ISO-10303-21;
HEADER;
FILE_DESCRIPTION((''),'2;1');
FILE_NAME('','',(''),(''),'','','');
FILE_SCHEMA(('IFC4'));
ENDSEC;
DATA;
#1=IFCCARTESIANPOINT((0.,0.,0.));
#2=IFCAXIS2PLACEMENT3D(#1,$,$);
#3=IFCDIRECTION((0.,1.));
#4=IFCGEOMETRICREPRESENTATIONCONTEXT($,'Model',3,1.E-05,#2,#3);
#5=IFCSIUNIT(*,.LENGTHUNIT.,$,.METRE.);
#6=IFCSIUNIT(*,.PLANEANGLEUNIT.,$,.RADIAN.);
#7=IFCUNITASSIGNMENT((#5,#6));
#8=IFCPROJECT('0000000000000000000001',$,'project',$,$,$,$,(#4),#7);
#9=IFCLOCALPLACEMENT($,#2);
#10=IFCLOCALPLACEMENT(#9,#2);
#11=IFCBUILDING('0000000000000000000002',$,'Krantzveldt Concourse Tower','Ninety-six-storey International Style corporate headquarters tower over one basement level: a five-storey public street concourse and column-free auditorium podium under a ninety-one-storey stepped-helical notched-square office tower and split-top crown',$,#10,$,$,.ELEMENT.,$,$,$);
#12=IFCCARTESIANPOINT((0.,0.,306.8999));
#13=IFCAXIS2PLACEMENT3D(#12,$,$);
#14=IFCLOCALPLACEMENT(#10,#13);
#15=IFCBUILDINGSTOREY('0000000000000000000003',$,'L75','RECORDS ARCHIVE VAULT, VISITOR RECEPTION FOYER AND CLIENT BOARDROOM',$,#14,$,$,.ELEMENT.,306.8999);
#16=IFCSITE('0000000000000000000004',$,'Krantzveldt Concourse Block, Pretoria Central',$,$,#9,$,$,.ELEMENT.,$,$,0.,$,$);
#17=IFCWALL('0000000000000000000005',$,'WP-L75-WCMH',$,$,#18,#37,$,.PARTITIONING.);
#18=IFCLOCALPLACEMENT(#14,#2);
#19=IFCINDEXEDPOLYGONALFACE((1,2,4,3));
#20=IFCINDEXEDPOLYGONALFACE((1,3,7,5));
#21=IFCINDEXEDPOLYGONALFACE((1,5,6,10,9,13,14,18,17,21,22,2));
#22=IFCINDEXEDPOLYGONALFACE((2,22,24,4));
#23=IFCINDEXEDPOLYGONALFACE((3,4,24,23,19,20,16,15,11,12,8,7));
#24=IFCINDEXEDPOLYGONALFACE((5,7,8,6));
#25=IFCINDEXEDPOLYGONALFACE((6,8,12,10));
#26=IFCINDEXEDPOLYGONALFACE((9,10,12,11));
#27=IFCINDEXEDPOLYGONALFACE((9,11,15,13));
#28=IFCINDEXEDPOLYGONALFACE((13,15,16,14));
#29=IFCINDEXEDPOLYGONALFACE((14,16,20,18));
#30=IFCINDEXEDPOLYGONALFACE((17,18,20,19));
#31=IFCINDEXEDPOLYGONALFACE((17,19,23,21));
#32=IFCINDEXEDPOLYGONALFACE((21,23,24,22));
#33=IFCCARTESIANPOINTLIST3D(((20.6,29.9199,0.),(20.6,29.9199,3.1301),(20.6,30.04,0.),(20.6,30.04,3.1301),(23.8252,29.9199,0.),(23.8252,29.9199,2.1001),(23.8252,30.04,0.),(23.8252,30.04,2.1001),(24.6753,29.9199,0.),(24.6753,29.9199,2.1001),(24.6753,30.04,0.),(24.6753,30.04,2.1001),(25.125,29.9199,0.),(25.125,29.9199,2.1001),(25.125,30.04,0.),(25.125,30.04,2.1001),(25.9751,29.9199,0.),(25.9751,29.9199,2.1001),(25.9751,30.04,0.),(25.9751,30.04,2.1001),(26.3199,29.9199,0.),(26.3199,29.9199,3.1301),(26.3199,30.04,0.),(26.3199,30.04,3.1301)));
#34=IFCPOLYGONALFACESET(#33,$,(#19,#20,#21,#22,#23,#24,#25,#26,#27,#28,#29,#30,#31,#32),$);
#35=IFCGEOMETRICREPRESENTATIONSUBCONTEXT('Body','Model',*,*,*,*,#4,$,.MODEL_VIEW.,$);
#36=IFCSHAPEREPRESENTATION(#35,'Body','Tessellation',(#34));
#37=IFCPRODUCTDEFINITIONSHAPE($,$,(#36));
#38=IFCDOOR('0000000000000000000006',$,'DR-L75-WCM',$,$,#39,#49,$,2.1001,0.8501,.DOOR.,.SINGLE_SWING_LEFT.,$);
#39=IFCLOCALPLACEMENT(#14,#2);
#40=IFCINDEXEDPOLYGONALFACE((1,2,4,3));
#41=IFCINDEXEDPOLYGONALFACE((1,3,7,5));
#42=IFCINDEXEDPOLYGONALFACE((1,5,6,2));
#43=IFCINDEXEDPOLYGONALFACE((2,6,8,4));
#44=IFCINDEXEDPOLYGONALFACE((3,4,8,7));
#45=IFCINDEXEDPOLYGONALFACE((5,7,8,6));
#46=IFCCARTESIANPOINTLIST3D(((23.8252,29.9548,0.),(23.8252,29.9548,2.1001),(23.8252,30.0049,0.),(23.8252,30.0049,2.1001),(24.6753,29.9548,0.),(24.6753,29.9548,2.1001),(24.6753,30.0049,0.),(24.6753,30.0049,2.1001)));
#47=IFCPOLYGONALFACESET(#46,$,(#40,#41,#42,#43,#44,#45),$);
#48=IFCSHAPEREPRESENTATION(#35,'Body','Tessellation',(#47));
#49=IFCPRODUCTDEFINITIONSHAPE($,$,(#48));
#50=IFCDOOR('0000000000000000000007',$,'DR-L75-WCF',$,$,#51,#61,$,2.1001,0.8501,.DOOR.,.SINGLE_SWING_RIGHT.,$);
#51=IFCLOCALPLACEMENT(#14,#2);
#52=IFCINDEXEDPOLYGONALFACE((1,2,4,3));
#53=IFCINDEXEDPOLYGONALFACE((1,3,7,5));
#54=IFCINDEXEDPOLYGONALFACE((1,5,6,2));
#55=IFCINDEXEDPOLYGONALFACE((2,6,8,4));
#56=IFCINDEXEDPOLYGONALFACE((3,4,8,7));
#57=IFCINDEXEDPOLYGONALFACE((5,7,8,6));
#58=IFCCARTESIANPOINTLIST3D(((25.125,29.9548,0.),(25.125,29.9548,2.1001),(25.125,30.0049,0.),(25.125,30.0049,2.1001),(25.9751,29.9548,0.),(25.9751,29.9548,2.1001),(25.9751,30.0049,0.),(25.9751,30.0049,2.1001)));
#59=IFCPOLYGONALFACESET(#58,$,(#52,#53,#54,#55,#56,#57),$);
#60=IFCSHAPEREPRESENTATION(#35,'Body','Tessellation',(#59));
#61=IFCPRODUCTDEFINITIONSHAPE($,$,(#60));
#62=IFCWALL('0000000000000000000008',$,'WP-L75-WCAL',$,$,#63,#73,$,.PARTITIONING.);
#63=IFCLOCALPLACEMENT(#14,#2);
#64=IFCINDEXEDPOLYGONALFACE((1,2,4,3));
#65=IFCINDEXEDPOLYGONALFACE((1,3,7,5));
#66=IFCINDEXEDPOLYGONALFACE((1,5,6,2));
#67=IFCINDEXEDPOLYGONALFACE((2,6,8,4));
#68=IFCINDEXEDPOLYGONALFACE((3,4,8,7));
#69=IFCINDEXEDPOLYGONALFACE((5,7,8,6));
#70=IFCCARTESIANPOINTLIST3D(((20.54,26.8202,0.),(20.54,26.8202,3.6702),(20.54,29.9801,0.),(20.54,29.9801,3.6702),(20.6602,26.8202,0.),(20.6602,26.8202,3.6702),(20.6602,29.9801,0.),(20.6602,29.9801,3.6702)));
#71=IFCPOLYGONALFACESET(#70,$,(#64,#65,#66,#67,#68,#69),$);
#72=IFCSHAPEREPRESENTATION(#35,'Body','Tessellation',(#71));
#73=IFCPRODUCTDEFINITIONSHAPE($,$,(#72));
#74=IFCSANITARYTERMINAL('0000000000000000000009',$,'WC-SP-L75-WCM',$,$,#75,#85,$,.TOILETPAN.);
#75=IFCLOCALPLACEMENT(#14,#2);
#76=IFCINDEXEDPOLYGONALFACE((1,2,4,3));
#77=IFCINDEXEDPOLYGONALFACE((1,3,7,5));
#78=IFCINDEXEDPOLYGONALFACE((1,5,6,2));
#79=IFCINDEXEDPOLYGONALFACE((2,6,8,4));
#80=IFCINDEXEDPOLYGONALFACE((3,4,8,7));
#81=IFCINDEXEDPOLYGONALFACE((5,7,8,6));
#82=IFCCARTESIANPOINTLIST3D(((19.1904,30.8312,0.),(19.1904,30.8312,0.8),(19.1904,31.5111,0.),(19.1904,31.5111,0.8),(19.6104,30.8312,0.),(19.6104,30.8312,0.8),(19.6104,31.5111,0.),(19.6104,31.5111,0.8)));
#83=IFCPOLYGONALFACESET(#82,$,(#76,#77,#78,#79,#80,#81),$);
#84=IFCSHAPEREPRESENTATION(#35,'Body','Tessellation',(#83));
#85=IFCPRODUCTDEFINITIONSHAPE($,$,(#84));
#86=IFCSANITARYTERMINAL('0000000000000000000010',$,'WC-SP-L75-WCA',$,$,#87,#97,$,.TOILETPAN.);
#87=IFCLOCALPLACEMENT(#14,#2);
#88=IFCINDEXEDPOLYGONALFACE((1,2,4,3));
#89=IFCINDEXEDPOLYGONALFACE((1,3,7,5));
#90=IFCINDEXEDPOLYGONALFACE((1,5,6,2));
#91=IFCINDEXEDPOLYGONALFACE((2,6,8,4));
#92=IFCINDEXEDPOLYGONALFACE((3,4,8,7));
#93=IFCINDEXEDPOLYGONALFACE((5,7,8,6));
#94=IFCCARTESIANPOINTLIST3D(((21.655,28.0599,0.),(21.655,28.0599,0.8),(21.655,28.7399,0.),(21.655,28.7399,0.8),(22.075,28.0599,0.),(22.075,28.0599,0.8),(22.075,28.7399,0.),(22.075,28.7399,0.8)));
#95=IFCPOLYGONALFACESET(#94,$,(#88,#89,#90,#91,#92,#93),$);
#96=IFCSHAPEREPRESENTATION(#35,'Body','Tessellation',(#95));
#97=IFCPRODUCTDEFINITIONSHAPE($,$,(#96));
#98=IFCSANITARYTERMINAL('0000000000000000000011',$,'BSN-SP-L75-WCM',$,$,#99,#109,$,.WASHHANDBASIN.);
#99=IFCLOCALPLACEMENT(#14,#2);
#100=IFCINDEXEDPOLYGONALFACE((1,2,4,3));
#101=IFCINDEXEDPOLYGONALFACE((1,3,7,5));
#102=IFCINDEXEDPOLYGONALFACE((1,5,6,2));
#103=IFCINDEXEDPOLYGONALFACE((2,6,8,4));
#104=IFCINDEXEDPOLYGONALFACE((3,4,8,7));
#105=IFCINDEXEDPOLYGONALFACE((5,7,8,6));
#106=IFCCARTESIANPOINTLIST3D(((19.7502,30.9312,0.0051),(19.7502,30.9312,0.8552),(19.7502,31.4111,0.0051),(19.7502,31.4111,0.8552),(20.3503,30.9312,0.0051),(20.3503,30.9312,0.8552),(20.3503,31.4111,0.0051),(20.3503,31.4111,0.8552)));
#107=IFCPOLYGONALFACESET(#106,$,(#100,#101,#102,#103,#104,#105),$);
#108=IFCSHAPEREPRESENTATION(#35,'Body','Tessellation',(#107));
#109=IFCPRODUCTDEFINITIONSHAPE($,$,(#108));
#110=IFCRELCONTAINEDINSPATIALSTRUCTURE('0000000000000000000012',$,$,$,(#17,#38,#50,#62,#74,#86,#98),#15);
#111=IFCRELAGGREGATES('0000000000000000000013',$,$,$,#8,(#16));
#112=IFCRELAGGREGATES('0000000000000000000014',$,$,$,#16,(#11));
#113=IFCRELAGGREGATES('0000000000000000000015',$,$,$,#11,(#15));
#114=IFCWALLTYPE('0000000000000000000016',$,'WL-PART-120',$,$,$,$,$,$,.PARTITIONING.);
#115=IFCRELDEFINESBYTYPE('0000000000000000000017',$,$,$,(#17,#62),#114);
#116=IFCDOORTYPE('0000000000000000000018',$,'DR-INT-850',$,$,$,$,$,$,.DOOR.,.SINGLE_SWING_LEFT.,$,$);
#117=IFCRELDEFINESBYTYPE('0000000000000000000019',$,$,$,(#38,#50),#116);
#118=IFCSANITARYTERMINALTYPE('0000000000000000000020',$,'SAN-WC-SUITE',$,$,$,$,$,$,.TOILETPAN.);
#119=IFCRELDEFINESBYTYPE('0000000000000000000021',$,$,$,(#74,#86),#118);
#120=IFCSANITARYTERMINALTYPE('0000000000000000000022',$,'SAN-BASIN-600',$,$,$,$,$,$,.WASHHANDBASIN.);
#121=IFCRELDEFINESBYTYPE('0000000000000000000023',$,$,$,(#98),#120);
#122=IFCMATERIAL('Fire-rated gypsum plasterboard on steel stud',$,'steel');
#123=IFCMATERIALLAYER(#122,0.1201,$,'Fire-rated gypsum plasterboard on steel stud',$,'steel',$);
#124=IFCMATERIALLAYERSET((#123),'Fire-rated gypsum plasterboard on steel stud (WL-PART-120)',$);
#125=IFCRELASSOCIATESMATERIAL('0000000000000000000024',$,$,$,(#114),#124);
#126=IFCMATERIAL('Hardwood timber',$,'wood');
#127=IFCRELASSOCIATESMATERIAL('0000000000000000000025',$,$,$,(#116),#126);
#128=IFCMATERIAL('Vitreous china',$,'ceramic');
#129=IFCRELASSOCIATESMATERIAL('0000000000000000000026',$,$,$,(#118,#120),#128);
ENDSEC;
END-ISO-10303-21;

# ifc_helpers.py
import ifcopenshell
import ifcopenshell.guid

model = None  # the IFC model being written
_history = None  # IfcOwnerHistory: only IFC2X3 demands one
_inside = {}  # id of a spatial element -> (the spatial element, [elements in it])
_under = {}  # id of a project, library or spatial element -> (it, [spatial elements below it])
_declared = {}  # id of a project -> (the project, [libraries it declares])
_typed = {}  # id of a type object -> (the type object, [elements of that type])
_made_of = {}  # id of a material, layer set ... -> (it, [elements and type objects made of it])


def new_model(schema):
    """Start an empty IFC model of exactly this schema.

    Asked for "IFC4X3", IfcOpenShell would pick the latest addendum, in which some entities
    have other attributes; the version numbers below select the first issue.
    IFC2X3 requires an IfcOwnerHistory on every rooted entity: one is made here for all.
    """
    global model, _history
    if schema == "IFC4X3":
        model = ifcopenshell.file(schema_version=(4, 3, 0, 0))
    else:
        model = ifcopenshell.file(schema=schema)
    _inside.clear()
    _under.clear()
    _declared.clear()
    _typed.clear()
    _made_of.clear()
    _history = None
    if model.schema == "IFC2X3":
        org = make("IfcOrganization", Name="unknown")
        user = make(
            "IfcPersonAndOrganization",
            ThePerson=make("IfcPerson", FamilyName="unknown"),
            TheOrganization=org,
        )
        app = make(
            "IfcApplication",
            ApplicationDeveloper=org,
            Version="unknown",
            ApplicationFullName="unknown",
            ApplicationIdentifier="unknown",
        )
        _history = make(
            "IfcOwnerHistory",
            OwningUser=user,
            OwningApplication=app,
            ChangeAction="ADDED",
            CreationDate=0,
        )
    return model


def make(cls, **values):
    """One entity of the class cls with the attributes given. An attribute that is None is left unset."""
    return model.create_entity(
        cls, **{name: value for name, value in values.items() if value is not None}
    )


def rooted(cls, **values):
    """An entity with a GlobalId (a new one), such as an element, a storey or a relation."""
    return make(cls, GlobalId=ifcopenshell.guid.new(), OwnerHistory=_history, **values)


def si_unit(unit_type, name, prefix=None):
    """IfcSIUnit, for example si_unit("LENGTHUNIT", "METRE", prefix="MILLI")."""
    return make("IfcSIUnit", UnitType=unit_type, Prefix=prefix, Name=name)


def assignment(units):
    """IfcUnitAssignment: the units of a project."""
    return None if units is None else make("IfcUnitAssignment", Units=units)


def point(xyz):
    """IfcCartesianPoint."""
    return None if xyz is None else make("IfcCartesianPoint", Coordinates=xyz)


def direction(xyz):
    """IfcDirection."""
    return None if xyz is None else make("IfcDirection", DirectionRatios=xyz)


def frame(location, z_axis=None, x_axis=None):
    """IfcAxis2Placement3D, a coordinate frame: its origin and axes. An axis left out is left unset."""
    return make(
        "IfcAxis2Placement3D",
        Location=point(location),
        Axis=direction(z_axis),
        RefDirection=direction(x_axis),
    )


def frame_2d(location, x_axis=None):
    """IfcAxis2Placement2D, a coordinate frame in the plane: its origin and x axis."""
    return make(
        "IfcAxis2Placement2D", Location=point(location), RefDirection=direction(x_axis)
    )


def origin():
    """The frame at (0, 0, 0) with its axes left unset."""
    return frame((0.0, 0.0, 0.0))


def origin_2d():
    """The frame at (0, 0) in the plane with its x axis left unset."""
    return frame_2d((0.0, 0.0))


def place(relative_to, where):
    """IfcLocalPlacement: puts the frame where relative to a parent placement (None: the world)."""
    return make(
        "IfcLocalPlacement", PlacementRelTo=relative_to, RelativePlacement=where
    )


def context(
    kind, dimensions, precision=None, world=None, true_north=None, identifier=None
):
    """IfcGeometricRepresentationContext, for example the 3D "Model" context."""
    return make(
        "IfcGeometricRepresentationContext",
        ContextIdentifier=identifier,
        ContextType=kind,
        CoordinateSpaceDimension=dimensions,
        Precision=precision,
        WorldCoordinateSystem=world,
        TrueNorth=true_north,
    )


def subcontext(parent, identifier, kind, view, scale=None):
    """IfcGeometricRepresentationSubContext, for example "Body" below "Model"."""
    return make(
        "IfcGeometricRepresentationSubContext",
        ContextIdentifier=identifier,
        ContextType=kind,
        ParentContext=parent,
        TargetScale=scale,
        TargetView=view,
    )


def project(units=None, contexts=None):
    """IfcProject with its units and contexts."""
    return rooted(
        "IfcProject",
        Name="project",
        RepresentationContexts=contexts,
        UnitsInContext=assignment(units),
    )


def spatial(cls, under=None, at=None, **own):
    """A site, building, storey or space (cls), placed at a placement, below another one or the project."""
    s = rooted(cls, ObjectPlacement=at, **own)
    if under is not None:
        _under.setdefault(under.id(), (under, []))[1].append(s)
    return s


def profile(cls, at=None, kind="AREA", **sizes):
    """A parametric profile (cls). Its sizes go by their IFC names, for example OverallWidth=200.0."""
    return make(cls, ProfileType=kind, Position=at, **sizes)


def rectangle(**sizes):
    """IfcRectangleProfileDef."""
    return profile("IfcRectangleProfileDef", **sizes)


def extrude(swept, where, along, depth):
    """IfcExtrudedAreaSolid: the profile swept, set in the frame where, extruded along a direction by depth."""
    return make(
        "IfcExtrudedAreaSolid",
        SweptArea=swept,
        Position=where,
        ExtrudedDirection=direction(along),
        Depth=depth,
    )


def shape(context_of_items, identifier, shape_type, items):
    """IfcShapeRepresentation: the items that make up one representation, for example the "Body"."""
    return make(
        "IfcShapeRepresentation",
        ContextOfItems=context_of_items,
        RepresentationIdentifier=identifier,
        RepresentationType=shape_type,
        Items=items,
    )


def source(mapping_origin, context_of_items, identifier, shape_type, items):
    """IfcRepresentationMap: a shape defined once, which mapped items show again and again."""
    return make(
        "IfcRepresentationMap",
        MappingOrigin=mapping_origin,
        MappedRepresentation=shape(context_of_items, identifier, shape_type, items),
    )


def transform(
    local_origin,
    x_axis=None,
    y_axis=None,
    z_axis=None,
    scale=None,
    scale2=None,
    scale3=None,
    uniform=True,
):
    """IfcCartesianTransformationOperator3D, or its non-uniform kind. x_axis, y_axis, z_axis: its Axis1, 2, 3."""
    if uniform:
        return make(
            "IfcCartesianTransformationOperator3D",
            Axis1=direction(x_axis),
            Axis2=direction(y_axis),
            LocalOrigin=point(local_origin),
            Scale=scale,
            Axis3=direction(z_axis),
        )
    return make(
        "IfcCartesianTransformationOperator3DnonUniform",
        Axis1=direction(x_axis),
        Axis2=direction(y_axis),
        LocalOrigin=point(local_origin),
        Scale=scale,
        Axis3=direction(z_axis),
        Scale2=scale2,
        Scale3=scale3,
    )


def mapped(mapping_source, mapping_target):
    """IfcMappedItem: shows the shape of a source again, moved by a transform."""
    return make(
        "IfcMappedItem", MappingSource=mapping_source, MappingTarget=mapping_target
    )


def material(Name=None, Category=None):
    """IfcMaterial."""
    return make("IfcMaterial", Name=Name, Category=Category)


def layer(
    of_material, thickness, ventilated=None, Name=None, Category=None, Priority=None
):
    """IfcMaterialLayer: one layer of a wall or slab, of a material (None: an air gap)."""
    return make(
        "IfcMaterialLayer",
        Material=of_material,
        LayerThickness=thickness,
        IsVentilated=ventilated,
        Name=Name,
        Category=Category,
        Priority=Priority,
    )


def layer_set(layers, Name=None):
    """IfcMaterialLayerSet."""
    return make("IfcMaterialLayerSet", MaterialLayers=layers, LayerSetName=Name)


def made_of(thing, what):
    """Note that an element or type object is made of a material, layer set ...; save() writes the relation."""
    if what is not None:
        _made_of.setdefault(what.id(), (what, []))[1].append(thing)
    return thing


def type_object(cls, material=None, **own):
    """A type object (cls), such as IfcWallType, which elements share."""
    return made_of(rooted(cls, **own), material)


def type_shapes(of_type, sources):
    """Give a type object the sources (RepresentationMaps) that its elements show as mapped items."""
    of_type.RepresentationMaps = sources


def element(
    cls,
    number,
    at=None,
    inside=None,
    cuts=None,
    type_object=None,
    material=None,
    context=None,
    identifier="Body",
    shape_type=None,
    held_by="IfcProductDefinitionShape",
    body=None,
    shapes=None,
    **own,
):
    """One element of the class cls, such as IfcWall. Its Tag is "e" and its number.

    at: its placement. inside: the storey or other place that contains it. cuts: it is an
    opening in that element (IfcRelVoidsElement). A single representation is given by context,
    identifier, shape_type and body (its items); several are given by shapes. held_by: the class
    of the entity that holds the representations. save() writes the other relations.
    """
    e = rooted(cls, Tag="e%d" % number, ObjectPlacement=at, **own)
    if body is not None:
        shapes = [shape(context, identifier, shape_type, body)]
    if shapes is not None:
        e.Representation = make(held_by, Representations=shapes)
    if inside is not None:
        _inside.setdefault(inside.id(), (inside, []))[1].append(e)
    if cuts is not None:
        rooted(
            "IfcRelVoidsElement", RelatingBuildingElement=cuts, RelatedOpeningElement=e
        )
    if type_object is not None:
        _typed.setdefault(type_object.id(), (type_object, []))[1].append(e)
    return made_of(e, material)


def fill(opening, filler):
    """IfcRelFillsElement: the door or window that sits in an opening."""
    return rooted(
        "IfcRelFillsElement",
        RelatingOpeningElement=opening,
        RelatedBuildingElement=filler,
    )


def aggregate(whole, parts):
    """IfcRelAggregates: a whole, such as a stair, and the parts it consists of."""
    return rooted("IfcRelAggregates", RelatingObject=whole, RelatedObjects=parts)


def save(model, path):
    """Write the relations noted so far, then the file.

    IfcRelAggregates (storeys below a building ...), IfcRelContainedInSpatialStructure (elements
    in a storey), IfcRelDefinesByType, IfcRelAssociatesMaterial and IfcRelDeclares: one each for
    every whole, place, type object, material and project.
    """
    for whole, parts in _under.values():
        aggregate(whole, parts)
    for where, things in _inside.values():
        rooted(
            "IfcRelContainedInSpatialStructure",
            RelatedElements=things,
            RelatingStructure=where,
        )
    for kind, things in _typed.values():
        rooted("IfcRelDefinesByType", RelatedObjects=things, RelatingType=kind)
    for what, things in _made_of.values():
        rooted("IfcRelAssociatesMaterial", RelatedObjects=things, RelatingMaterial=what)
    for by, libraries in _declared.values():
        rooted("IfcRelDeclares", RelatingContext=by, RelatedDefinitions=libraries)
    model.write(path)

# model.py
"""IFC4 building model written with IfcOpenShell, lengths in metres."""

from ifc_helpers import new_model, si_unit, direction, frame, frame_2d, origin, origin_2d, place, context, subcontext, project, spatial, rectangle, extrude, source, transform, mapped, material, layer, layer_set, type_object, type_shapes, element, fill, save


model = new_model("IFC4")

# Units and contexts
model_context = context("Model", 3, precision=1e-05, world=origin(), true_north=direction((0.0, 1.0)))
body_context = subcontext(model_context, "Body", "Model", "MODEL_VIEW")
ifc_project = project(units=[si_unit("LENGTHUNIT", "METRE"), si_unit("PLANEANGLEUNIT", "RADIAN")], contexts=[model_context])

# Site, building, storey
site_placement = place(None, origin())
site = spatial("IfcSite", under=ifc_project, at=site_placement, Name="Krantzveldt Concourse Block, Pretoria Central", CompositionType="ELEMENT", RefElevation=0.0)
building_placement = place(site_placement, origin())
building = spatial("IfcBuilding", under=site, at=building_placement, Name="Krantzveldt Concourse Tower", Description="Ninety-six-storey International Style corporate headquarters tower over one basement level: a five-storey public street concourse and column-free auditorium podium under a ninety-one-storey stepped-helical notched-square office tower and split-top crown", CompositionType="ELEMENT")
storey_placement = place(building_placement, frame((0.0, 0.0, 306.8999)))
storey = spatial("IfcBuildingStorey", under=building, at=storey_placement, Name="L75", Description="RECORDS ARCHIVE VAULT, VISITOR RECEPTION FOYER AND CLIENT BOARDROOM", CompositionType="ELEMENT", Elevation=306.8999)

# Shared definitions
ifc_material_1 = material(Name="Fire-rated gypsum plasterboard on steel stud", Category="steel")
ifc_layer_1 = layer(ifc_material_1, 0.1201, Name="Fire-rated gypsum plasterboard on steel stud", Category="steel")
ifc_layer_set_1 = layer_set([ifc_layer_1], Name="Fire-rated gypsum plasterboard on steel stud (WL-PART-120)")
wall_type_1 = type_object("IfcWallType", Name="WL-PART-120", PredefinedType="PARTITIONING", material=ifc_layer_set_1)

# Wall, openings, doors
wall_1_placement = place(storey_placement, frame((20.6001, 29.98, 0.0), z_axis=(0.0, 0.0, 1.0), x_axis=(1.0, 0.0, 0.0)))
wall_1 = element("IfcWall", 1, at=wall_1_placement, inside=storey, type_object=wall_type_1, Name="WP-L75-WCMH", PredefinedType="PARTITIONING", context=body_context, shape_type="SweptSolid", body=[
    extrude(rectangle(XDim=5.72, YDim=0.1201, at=frame_2d((2.8599, 0.0))), origin(), (0.0, 0.0, 1.0), 3.1301),
])
opening_1_placement = place(wall_1_placement, frame((3.2251, 0.0, 0.0)))
opening_1 = element("IfcOpeningElement", 2, at=opening_1_placement, cuts=wall_1, PredefinedType="OPENING", context=body_context, shape_type="SweptSolid", body=[
    extrude(rectangle(XDim=0.8501, YDim=2.1001, at=frame_2d((0.425, 1.05))), frame((0.0, 0.0701, 0.0), z_axis=(0.0, -1.0, 0.0), x_axis=(1.0, 0.0, 0.0)), (0.0, 0.0, 1.0), 0.1401),
])
opening_2_placement = place(wall_1_placement, frame((4.5249, 0.0, 0.0)))
opening_2 = element("IfcOpeningElement", 3, at=opening_2_placement, cuts=wall_1, PredefinedType="OPENING", context=body_context, shape_type="SweptSolid", body=[
    extrude(rectangle(XDim=0.8501, YDim=2.1001, at=frame_2d((0.425, 1.05))), frame((0.0, 0.0701, 0.0), z_axis=(0.0, -1.0, 0.0), x_axis=(1.0, 0.0, 0.0)), (0.0, 0.0, 1.0), 0.1401),
])
ifc_material_2 = material(Name="Hardwood timber", Category="wood")
door_type = type_object("IfcDoorType", Name="DR-INT-850", OperationType="SINGLE_SWING_LEFT", PredefinedType="DOOR", material=ifc_material_2)
door_1_placement = place(opening_1_placement, origin())
door_1 = element("IfcDoor", 4, at=door_1_placement, inside=storey, type_object=door_type, Name="DR-L75-WCM", OperationType="SINGLE_SWING_LEFT", OverallHeight=2.1001, OverallWidth=0.8501, PredefinedType="DOOR", context=body_context, shape_type="SweptSolid", body=[
    extrude(rectangle(XDim=0.8501, YDim=2.1001, at=frame_2d((0.425, 1.05))), frame((0.0, 0.0249, 0.0), z_axis=(0.0, -1.0, 0.0), x_axis=(1.0, 0.0, 0.0)), (0.0, 0.0, 1.0), 0.05),
])
fill(opening_1, door_1)
door_2_placement = place(opening_2_placement, origin())
door_2 = element("IfcDoor", 5, at=door_2_placement, inside=storey, type_object=door_type, Name="DR-L75-WCF", OperationType="SINGLE_SWING_RIGHT", OverallHeight=2.1001, OverallWidth=0.8501, PredefinedType="DOOR", context=body_context, shape_type="SweptSolid", body=[
    extrude(rectangle(XDim=0.8501, YDim=2.1001, at=frame_2d((0.425, 1.05))), frame((0.0, 0.0249, 0.0), z_axis=(0.0, -1.0, 0.0), x_axis=(1.0, 0.0, 0.0)), (0.0, 0.0, 1.0), 0.05),
])
fill(opening_2, door_2)

# Wall
wall_2_placement = place(storey_placement, frame((20.6001, 26.8201, 0.0), z_axis=(0.0, 0.0, 1.0), x_axis=(0.0, 1.0, 0.0)))
element("IfcWall", 6, at=wall_2_placement, inside=storey, type_object=wall_type_1, Name="WP-L75-WCAL", PredefinedType="PARTITIONING", context=body_context, shape_type="SweptSolid", body=[
    extrude(rectangle(XDim=3.1599, YDim=0.1201, at=frame_2d((1.5801, 0.0))), origin(), (0.0, 0.0, 1.0), 3.6702),
])

# Sanitary terminals
ifc_material_3 = material(Name="Vitreous china", Category="ceramic")
sanitary_terminal_type_1 = type_object("IfcSanitaryTerminalType", Name="SAN-WC-SUITE", PredefinedType="TOILETPAN", material=ifc_material_3)
shared_shape_1 = source(origin(), body_context, "Body", "SweptSolid", [
    extrude(rectangle(XDim=0.4199, YDim=0.6799, at=origin_2d()), origin(), (0.0, 0.0, 1.0), 0.8),
])
type_shapes(sanitary_terminal_type_1, [shared_shape_1])
for number, where, z_axis, x_axis, name in (
    (7, (19.4004, 31.1711, 0.0), (0.0, 0.0, 1.0), (1.0, 0.0, 0.0), "WC-SP-L75-WCM"),
    (8, (21.865, 28.3999, 0.0), (0.0, 0.0, 1.0), (1.0, 0.0, 0.0), "WC-SP-L75-WCA"),
):
    element("IfcSanitaryTerminal", number, at=place(storey_placement, frame(where, z_axis=z_axis, x_axis=x_axis)), inside=storey, type_object=sanitary_terminal_type_1, Name=name, PredefinedType="TOILETPAN", context=body_context, shape_type="MappedRepresentation", body=[
        mapped(shared_shape_1, transform((0.0, 0.0, 0.0), x_axis=(1.0, 0.0, 0.0), y_axis=(0.0, 1.0, 0.0), z_axis=(0.0, 0.0, 1.0), scale=1.0)),
    ])
sanitary_terminal_type_2 = type_object("IfcSanitaryTerminalType", Name="SAN-BASIN-600", PredefinedType="WASHHANDBASIN", material=ifc_material_3)
shared_shape_2 = source(origin(), body_context, "Body", "SweptSolid", [
    extrude(rectangle(XDim=0.6001, YDim=0.48, at=origin_2d()), origin(), (0.0, 0.0, 1.0), 0.8501),
])
type_shapes(sanitary_terminal_type_2, [shared_shape_2])
sanitary_terminal_placement = place(storey_placement, frame((20.0503, 31.1711, 0.0051), z_axis=(0.0, 0.0, 1.0), x_axis=(1.0, 0.0, 0.0)))
element("IfcSanitaryTerminal", 9, at=sanitary_terminal_placement, inside=storey, type_object=sanitary_terminal_type_2, Name="BSN-SP-L75-WCM", PredefinedType="WASHHANDBASIN", context=body_context, shape_type="MappedRepresentation", body=[
    mapped(shared_shape_2, transform((0.0, 0.0, 0.0), x_axis=(1.0, 0.0, 0.0), y_axis=(0.0, 1.0, 0.0), z_axis=(0.0, 0.0, 1.0), scale=1.0)),
])

save(model, "model.ifc")
